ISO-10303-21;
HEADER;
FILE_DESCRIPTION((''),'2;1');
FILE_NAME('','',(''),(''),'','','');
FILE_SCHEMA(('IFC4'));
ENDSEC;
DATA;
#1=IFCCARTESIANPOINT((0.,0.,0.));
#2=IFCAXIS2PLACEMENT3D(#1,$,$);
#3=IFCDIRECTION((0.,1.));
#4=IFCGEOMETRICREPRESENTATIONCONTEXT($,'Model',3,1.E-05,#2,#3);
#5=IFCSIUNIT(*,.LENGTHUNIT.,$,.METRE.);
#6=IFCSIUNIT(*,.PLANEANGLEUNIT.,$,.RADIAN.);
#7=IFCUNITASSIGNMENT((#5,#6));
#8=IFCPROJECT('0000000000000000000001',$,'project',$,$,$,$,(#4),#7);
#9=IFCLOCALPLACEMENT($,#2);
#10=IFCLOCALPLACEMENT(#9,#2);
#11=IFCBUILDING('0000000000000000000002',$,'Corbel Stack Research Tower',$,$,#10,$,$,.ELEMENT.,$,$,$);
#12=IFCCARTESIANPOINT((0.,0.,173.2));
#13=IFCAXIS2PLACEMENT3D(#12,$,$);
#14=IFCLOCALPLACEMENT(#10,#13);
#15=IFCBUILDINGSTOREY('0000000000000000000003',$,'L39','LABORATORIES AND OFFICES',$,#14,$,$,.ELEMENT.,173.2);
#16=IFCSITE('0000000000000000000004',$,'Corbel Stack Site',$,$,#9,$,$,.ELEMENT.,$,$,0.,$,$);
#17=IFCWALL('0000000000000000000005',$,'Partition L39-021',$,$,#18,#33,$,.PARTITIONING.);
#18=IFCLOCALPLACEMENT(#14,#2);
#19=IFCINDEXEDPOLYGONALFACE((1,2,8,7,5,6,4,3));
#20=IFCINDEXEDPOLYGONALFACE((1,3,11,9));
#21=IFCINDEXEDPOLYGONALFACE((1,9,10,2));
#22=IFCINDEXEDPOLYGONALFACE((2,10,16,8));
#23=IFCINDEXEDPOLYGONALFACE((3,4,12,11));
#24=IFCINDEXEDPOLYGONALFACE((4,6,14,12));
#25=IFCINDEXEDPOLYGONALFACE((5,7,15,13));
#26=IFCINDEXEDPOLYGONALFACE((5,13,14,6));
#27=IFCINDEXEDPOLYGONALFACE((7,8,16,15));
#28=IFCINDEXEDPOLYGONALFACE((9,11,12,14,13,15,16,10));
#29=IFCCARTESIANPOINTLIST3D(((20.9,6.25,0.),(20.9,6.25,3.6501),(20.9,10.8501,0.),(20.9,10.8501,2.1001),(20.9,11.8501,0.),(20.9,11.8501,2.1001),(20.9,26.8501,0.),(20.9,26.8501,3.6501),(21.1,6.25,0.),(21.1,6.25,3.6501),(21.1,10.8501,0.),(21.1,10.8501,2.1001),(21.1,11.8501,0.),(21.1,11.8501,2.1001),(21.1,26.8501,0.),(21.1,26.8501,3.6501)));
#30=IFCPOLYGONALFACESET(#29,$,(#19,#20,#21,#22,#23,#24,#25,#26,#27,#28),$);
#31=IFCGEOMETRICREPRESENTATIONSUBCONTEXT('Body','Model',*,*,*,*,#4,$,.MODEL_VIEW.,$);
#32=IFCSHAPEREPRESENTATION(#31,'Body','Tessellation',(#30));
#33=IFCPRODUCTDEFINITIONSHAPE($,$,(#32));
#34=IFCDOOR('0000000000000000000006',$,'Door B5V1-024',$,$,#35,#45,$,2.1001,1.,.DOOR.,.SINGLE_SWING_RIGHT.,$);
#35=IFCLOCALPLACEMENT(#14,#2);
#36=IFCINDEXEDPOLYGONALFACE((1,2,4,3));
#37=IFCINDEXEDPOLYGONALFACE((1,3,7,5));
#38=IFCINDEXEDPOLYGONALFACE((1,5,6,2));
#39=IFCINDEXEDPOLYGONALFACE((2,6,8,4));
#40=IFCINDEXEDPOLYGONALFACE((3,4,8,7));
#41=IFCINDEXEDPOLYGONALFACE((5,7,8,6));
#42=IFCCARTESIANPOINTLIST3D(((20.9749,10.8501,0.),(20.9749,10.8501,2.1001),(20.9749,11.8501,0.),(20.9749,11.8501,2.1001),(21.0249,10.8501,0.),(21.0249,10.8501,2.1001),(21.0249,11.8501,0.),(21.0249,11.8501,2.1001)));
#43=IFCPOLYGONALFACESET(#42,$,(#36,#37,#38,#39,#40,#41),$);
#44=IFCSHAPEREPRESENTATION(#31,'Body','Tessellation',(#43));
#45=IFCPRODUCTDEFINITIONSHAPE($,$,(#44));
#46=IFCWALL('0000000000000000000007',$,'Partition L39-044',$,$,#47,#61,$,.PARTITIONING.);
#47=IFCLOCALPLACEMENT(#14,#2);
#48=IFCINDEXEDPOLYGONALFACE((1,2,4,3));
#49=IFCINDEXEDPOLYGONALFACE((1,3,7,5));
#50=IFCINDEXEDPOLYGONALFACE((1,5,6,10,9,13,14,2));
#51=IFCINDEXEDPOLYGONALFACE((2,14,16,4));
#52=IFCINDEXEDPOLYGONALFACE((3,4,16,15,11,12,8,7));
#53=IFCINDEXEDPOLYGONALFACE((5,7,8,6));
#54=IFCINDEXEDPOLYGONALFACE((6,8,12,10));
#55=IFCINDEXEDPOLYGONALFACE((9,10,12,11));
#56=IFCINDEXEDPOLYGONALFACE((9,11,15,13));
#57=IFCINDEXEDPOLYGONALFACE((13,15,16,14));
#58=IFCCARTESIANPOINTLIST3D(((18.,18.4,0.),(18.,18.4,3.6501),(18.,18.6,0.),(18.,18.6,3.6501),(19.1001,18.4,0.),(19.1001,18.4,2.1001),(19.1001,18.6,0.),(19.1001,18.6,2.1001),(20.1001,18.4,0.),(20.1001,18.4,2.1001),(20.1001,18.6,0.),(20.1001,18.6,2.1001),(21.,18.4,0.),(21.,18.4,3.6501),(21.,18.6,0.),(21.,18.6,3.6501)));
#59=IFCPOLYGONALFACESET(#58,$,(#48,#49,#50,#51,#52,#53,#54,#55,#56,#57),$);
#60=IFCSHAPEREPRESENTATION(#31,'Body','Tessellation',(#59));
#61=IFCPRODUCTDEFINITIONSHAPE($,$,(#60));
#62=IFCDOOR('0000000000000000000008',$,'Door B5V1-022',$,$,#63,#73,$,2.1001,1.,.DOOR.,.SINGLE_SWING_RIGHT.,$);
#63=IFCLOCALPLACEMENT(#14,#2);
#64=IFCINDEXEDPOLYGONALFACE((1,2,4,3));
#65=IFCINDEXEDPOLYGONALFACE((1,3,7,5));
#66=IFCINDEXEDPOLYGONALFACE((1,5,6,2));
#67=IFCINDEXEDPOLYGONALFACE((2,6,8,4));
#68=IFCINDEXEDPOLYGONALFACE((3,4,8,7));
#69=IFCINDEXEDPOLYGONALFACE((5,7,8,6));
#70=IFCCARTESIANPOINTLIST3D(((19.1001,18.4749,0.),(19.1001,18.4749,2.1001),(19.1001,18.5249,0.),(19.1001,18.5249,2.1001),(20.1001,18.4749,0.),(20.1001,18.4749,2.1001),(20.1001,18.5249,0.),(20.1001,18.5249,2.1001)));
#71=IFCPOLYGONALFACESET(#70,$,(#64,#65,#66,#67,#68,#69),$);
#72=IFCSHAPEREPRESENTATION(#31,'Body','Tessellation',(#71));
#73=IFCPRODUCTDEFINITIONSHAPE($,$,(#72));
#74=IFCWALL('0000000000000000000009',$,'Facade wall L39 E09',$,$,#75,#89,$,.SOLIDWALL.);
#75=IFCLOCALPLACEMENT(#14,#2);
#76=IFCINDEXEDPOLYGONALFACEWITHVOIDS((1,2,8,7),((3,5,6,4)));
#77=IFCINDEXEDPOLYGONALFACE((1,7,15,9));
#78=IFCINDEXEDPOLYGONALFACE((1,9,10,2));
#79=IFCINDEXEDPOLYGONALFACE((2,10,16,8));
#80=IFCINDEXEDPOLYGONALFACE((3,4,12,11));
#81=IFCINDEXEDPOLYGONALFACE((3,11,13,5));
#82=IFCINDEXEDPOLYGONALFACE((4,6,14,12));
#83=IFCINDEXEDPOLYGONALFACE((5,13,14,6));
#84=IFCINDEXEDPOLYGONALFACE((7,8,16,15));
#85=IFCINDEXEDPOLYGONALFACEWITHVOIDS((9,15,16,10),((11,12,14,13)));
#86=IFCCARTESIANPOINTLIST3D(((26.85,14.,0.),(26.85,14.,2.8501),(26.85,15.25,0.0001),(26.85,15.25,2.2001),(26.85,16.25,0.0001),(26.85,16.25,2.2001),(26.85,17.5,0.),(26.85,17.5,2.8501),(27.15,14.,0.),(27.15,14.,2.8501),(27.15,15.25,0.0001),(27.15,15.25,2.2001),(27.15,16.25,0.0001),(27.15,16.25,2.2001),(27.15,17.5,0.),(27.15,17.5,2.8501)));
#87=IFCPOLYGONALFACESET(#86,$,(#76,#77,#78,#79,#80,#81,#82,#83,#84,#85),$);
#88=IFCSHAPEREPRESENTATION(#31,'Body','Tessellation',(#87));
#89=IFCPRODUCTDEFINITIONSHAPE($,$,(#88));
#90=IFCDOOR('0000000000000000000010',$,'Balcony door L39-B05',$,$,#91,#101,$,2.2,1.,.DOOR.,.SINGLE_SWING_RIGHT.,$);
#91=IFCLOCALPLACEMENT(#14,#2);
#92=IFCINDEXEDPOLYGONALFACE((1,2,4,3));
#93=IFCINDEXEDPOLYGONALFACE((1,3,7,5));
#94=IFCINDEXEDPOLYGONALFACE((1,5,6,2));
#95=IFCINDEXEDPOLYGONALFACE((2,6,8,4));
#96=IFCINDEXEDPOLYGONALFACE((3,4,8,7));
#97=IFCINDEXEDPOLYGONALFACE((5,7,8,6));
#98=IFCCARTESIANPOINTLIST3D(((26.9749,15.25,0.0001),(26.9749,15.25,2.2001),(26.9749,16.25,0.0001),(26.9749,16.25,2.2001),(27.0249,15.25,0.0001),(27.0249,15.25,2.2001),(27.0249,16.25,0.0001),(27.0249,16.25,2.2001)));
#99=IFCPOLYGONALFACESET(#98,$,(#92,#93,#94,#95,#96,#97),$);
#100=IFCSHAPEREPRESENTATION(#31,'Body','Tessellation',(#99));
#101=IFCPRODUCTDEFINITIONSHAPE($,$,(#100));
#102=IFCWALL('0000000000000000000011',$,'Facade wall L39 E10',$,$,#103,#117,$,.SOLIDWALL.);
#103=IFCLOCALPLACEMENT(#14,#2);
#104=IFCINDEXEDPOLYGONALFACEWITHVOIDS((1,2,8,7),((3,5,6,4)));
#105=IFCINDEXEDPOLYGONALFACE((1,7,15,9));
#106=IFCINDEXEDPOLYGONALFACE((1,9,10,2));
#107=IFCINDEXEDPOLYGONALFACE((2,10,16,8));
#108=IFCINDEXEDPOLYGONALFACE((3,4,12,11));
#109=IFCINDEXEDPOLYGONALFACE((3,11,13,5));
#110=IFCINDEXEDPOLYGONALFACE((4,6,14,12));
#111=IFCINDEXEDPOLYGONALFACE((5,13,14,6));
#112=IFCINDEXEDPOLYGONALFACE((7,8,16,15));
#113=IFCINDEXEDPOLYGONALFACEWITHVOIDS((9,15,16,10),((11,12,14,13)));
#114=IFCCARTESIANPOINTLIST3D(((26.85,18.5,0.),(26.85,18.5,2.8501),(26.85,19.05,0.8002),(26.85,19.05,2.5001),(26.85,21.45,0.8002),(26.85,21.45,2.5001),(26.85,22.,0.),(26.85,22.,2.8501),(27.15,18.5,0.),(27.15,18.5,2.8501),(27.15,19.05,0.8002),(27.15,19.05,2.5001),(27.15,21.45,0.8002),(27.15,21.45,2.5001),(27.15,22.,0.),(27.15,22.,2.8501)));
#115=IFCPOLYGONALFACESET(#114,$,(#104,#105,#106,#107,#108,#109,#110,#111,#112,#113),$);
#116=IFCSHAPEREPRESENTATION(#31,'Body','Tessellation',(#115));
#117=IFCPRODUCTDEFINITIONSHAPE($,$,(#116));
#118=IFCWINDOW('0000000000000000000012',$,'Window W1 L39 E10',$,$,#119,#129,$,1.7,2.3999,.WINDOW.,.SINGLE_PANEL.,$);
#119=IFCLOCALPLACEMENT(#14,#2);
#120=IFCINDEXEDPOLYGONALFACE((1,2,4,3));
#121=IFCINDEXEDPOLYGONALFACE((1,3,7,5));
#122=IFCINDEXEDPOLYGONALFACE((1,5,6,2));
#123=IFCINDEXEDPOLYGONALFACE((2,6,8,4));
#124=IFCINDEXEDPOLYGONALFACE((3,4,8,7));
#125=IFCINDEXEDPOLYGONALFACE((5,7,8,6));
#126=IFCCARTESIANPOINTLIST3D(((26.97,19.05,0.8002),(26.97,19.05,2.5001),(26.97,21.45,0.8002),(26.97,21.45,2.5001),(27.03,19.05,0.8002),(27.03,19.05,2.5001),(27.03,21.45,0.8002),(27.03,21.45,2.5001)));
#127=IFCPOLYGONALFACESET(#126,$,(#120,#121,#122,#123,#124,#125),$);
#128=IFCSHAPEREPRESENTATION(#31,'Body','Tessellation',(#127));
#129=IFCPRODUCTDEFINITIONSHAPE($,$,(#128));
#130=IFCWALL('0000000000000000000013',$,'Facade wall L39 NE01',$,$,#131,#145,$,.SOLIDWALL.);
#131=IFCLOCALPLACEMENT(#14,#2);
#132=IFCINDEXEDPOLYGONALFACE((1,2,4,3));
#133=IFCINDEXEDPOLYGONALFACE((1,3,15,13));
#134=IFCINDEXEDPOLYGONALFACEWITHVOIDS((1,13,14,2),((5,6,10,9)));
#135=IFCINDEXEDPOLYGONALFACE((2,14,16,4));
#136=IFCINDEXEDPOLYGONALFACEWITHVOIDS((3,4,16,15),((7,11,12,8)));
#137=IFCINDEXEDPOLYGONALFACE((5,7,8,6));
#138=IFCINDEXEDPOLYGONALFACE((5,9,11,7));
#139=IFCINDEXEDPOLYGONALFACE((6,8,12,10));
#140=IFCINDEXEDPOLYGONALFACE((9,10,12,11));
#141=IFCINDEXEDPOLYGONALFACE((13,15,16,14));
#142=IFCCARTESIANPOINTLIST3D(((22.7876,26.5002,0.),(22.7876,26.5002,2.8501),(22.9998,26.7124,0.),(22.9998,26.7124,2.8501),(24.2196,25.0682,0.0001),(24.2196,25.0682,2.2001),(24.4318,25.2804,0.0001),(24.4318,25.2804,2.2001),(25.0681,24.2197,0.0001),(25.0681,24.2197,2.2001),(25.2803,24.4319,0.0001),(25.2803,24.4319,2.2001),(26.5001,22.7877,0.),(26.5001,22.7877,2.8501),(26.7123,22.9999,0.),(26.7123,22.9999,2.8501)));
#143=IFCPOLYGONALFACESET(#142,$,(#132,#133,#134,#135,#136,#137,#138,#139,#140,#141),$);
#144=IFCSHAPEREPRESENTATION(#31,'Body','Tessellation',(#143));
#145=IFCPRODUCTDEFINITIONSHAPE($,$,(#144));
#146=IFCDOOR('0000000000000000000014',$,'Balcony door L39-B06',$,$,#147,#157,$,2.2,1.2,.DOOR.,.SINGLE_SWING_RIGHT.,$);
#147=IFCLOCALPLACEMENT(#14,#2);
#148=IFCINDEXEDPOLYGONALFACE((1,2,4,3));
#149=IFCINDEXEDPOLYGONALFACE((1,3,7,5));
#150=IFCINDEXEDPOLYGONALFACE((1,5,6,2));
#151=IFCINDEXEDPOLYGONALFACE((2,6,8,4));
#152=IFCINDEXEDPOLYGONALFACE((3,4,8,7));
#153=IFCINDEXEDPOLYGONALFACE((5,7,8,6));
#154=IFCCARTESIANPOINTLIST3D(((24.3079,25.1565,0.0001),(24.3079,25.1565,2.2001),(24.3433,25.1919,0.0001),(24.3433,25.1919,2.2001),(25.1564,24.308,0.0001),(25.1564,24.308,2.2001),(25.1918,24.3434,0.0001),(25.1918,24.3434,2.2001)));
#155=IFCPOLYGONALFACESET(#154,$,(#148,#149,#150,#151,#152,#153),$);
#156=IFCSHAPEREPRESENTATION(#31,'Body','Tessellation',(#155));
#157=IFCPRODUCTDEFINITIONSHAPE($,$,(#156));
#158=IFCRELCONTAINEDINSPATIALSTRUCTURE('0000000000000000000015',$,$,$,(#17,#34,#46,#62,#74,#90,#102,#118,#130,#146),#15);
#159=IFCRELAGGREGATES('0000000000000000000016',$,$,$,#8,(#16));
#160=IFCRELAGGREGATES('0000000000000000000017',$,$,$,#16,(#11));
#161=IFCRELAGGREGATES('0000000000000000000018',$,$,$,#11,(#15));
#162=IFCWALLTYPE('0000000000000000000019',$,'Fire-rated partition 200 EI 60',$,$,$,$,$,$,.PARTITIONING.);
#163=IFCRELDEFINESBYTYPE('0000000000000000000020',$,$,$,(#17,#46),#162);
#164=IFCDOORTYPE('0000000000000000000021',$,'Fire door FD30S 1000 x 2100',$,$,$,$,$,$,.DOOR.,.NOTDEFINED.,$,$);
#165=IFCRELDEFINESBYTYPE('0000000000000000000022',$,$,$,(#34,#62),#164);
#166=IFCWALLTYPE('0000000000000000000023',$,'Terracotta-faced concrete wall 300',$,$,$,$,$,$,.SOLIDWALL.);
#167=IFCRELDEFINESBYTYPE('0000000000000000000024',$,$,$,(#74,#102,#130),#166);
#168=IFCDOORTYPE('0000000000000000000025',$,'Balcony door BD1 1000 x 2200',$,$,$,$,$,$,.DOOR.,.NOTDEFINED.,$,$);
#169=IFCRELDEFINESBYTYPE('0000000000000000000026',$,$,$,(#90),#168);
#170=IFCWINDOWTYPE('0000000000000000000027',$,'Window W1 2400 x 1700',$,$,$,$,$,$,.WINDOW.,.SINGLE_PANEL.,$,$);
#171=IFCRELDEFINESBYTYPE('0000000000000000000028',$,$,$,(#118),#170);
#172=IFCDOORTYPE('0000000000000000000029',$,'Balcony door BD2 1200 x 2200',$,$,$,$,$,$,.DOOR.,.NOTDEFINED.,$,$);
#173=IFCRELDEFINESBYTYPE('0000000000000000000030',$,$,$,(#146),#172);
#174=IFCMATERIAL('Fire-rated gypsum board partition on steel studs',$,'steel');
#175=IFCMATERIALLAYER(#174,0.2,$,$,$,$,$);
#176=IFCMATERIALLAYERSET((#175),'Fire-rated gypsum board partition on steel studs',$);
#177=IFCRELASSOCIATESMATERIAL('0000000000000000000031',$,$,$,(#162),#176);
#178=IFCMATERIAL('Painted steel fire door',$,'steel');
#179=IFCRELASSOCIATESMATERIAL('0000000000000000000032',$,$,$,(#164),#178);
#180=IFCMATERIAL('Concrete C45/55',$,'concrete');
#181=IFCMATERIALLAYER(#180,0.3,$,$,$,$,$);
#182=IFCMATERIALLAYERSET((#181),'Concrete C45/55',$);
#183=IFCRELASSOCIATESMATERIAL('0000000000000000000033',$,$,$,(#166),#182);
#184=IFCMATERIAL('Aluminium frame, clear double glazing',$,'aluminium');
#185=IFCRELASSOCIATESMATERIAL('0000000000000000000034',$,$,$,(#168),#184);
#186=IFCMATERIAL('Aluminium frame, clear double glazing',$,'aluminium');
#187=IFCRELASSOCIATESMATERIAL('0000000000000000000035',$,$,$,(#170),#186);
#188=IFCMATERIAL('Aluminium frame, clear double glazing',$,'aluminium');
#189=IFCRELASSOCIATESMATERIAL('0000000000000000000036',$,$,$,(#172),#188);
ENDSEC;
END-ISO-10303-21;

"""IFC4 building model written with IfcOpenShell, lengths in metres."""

from ifc_helpers import new_model, si_unit, direction, frame, frame_2d, origin, place, context, subcontext, project, spatial, rectangle, extrude, material, layer, layer_set, type_object, element, fill, save


model = new_model("IFC4")

# Units and contexts
model_context = context("Model", 3, precision=1e-05, world=origin(), true_north=direction((0.0, 1.0)))
body_context = subcontext(model_context, "Body", "Model", "MODEL_VIEW")
ifc_project = project(units=[si_unit("LENGTHUNIT", "METRE"), si_unit("PLANEANGLEUNIT", "RADIAN")], contexts=[model_context])

# Site, building, storey
site_placement = place(None, origin())
site = spatial("IfcSite", under=ifc_project, at=site_placement, Name="Corbel Stack Site", CompositionType="ELEMENT", RefElevation=0.0)
building_placement = place(site_placement, origin())
building = spatial("IfcBuilding", under=site, at=building_placement, Name="Corbel Stack Research Tower", CompositionType="ELEMENT")
storey_placement = place(building_placement, frame((0.0, 0.0, 173.2)))
storey = spatial("IfcBuildingStorey", under=building, at=storey_placement, Name="L39", Description="LABORATORIES AND OFFICES", CompositionType="ELEMENT", Elevation=173.2)

# Walls, openings, doors
ifc_material_1 = material(Name="Fire-rated gypsum board partition on steel studs", Category="steel")
ifc_layer_1 = layer(ifc_material_1, 0.2)
ifc_layer_set_1 = layer_set([ifc_layer_1], Name="Fire-rated gypsum board partition on steel studs")
wall_type_1 = type_object("IfcWallType", Name="Fire-rated partition 200 EI 60", PredefinedType="PARTITIONING", material=ifc_layer_set_1)
wall_1_placement = place(storey_placement, frame((21.0, 26.8501, 0.0), z_axis=(0.0, 0.0, 1.0), x_axis=(0.0, -1.0, 0.0)))
wall_1 = element("IfcWall", 1, at=wall_1_placement, inside=storey, type_object=wall_type_1, Name="Partition L39-021", PredefinedType="PARTITIONING", context=body_context, shape_type="SweptSolid", body=[
    extrude(rectangle(XDim=20.6001, YDim=0.2, at=frame_2d((10.3, 0.0))), origin(), (0.0, 0.0, 1.0), 3.6501),
])
opening_1_placement = place(wall_1_placement, frame((15.0, 0.0, 0.0)))
opening_1 = element("IfcOpeningElement", 2, at=opening_1_placement, cuts=wall_1, PredefinedType="OPENING", context=body_context, shape_type="SweptSolid", body=[
    extrude(rectangle(XDim=1.0, YDim=2.1001, at=frame_2d((0.5, 1.05))), frame((0.0, 0.1099, 0.0), z_axis=(0.0, -1.0, 0.0), x_axis=(1.0, 0.0, 0.0)), (0.0, 0.0, 1.0), 0.22),
])
ifc_material_2 = material(Name="Painted steel fire door", Category="steel")
door_type_1 = type_object("IfcDoorType", Name="Fire door FD30S 1000 x 2100", OperationType="NOTDEFINED", PredefinedType="DOOR", material=ifc_material_2)
door_1_placement = place(opening_1_placement, origin())
door_1 = element("IfcDoor", 3, at=door_1_placement, inside=storey, type_object=door_type_1, Name="Door B5V1-024", OperationType="SINGLE_SWING_RIGHT", OverallHeight=2.1001, OverallWidth=1.0, PredefinedType="DOOR", context=body_context, shape_type="SweptSolid", body=[
    extrude(rectangle(XDim=1.0, YDim=2.1001, at=frame_2d((0.5, 1.05))), frame((0.0, 0.0249, 0.0), z_axis=(0.0, -1.0, 0.0), x_axis=(1.0, 0.0, 0.0)), (0.0, 0.0, 1.0), 0.05),
])
fill(opening_1, door_1)
wall_2_placement = place(storey_placement, frame((18.0, 18.5, 0.0), z_axis=(0.0, 0.0, 1.0), x_axis=(1.0, 0.0, 0.0)))
wall_2 = element("IfcWall", 4, at=wall_2_placement, inside=storey, type_object=wall_type_1, Name="Partition L39-044", PredefinedType="PARTITIONING", context=body_context, shape_type="SweptSolid", body=[
    extrude(rectangle(XDim=3.0, YDim=0.2, at=frame_2d((1.5, 0.0))), origin(), (0.0, 0.0, 1.0), 3.6501),
])
opening_2_placement = place(wall_2_placement, frame((1.1001, 0.0, 0.0)))
opening_2 = element("IfcOpeningElement", 5, at=opening_2_placement, cuts=wall_2, PredefinedType="OPENING", context=body_context, shape_type="SweptSolid", body=[
    extrude(rectangle(XDim=1.0, YDim=2.1001, at=frame_2d((0.5, 1.05))), frame((0.0, 0.1099, 0.0), z_axis=(0.0, -1.0, 0.0), x_axis=(1.0, 0.0, 0.0)), (0.0, 0.0, 1.0), 0.22),
])
door_2_placement = place(opening_2_placement, origin())
door_2 = element("IfcDoor", 6, at=door_2_placement, inside=storey, type_object=door_type_1, Name="Door B5V1-022", OperationType="SINGLE_SWING_RIGHT", OverallHeight=2.1001, OverallWidth=1.0, PredefinedType="DOOR", context=body_context, shape_type="SweptSolid", body=[
    extrude(rectangle(XDim=1.0, YDim=2.1001, at=frame_2d((0.5, 1.05))), frame((0.0, 0.0249, 0.0), z_axis=(0.0, -1.0, 0.0), x_axis=(1.0, 0.0, 0.0)), (0.0, 0.0, 1.0), 0.05),
])
fill(opening_2, door_2)
ifc_material_3 = material(Name="Concrete C45/55", Category="concrete")
ifc_layer_2 = layer(ifc_material_3, 0.3)
ifc_layer_set_2 = layer_set([ifc_layer_2], Name="Concrete C45/55")
wall_type_2 = type_object("IfcWallType", Name="Terracotta-faced concrete wall 300", PredefinedType="SOLIDWALL", material=ifc_layer_set_2)
wall_3_placement = place(storey_placement, frame((27.0, 17.5, 0.0), z_axis=(0.0, 0.0, 1.0), x_axis=(0.0, -1.0, 0.0)))
wall_3 = element("IfcWall", 7, at=wall_3_placement, inside=storey, type_object=wall_type_2, Name="Facade wall L39 E09", PredefinedType="SOLIDWALL", context=body_context, shape_type="SweptSolid", body=[
    extrude(rectangle(XDim=3.5, YDim=0.3, at=frame_2d((1.75, 0.0))), origin(), (0.0, 0.0, 1.0), 2.8501),
])
opening_3_placement = place(wall_3_placement, frame((1.25, 0.0, 0.0)))
opening_3 = element("IfcOpeningElement", 8, at=opening_3_placement, cuts=wall_3, PredefinedType="OPENING", context=body_context, shape_type="SweptSolid", body=[
    extrude(rectangle(XDim=1.0, YDim=2.2, at=frame_2d((0.5, 1.1001))), frame((0.0, 0.1599, 0.0), z_axis=(0.0, -1.0, 0.0), x_axis=(1.0, 0.0, 0.0)), (0.0, 0.0, 1.0), 0.3201),
])
ifc_material_4 = material(Name="Aluminium frame, clear double glazing", Category="aluminium")
door_type_2 = type_object("IfcDoorType", Name="Balcony door BD1 1000 x 2200", OperationType="NOTDEFINED", PredefinedType="DOOR", material=ifc_material_4)
door_3_placement = place(opening_3_placement, origin())
door_3 = element("IfcDoor", 9, at=door_3_placement, inside=storey, type_object=door_type_2, Name="Balcony door L39-B05", OperationType="SINGLE_SWING_RIGHT", OverallHeight=2.2, OverallWidth=1.0, PredefinedType="DOOR", context=body_context, shape_type="SweptSolid", body=[
    extrude(rectangle(XDim=1.0, YDim=2.2, at=frame_2d((0.5, 1.1001))), frame((0.0, 0.0249, 0.0), z_axis=(0.0, -1.0, 0.0), x_axis=(1.0, 0.0, 0.0)), (0.0, 0.0, 1.0), 0.05),
])
fill(opening_3, door_3)

# Wall, opening, window
wall_4_placement = place(storey_placement, frame((27.0, 22.0, 0.0), z_axis=(0.0, 0.0, 1.0), x_axis=(0.0, -1.0, 0.0)))
wall_4 = element("IfcWall", 10, at=wall_4_placement, inside=storey, type_object=wall_type_2, Name="Facade wall L39 E10", PredefinedType="SOLIDWALL", context=body_context, shape_type="SweptSolid", body=[
    extrude(rectangle(XDim=3.5, YDim=0.3, at=frame_2d((1.75, 0.0))), origin(), (0.0, 0.0, 1.0), 2.8501),
])
opening_4_placement = place(wall_4_placement, frame((0.55, 0.0, 0.8)))
opening_4 = element("IfcOpeningElement", 11, at=opening_4_placement, cuts=wall_4, PredefinedType="OPENING", context=body_context, shape_type="SweptSolid", body=[
    extrude(rectangle(XDim=2.3999, YDim=1.7, at=frame_2d((1.2, 0.8501))), frame((0.0, 0.1599, 0.0), z_axis=(0.0, -1.0, 0.0), x_axis=(1.0, 0.0, 0.0)), (0.0, 0.0, 1.0), 0.3201),
])
ifc_material_5 = material(Name="Aluminium frame, clear double glazing", Category="aluminium")
window_type_1 = type_object("IfcWindowType", Name="Window W1 2400 x 1700", PartitioningType="SINGLE_PANEL", PredefinedType="WINDOW", material=ifc_material_5)
window_1_placement = place(opening_4_placement, origin())
window_1 = element("IfcWindow", 12, at=window_1_placement, inside=storey, type_object=window_type_1, Name="Window W1 L39 E10", OverallHeight=1.7, OverallWidth=2.3999, PartitioningType="SINGLE_PANEL", PredefinedType="WINDOW", context=body_context, shape_type="SweptSolid", body=[
    extrude(rectangle(XDim=2.3999, YDim=1.7, at=frame_2d((1.2, 0.8501))), frame((0.0, 0.03, 0.0), z_axis=(0.0, -1.0, 0.0), x_axis=(1.0, 0.0, 0.0)), (0.0, 0.0, 1.0), 0.0601),
])
fill(opening_4, window_1)

# Wall, opening, door
wall_5_placement = place(storey_placement, frame((22.8938, 26.6062, 0.0), z_axis=(0.0, 0.0, 1.0), x_axis=(0.707107, -0.707107, 0.0)))
wall_5 = element("IfcWall", 13, at=wall_5_placement, inside=storey, type_object=wall_type_2, Name="Facade wall L39 NE01", PredefinedType="SOLIDWALL", context=body_context, shape_type="SweptSolid", body=[
    extrude(rectangle(XDim=5.2502, YDim=0.3, at=frame_2d((2.625, 0.0))), origin(), (0.0, 0.0, 1.0), 2.8501),
])
opening_5_placement = place(wall_5_placement, frame((2.0249, 0.0, 0.0)))
opening_5 = element("IfcOpeningElement", 14, at=opening_5_placement, cuts=wall_5, PredefinedType="OPENING", context=body_context, shape_type="SweptSolid", body=[
    extrude(rectangle(XDim=1.2, YDim=2.2, at=frame_2d((0.6001, 1.1001))), frame((0.0, 0.1599, 0.0), z_axis=(0.0, -1.0, 0.0), x_axis=(1.0, 0.0, 0.0)), (0.0, 0.0, 1.0), 0.3201),
])
ifc_material_6 = material(Name="Aluminium frame, clear double glazing", Category="aluminium")
door_type_3 = type_object("IfcDoorType", Name="Balcony door BD2 1200 x 2200", OperationType="NOTDEFINED", PredefinedType="DOOR", material=ifc_material_6)
door_4_placement = place(opening_5_placement, origin())
door_4 = element("IfcDoor", 15, at=door_4_placement, inside=storey, type_object=door_type_3, Name="Balcony door L39-B06", OperationType="SINGLE_SWING_RIGHT", OverallHeight=2.2, OverallWidth=1.2, PredefinedType="DOOR", context=body_context, shape_type="SweptSolid", body=[
    extrude(rectangle(XDim=1.2, YDim=2.2, at=frame_2d((0.6001, 1.1001))), frame((0.0, 0.0249, 0.0), z_axis=(0.0, -1.0, 0.0), x_axis=(1.0, 0.0, 0.0)), (0.0, 0.0, 1.0), 0.05),
])
fill(opening_5, door_4)

save(model, "model.ifc")
